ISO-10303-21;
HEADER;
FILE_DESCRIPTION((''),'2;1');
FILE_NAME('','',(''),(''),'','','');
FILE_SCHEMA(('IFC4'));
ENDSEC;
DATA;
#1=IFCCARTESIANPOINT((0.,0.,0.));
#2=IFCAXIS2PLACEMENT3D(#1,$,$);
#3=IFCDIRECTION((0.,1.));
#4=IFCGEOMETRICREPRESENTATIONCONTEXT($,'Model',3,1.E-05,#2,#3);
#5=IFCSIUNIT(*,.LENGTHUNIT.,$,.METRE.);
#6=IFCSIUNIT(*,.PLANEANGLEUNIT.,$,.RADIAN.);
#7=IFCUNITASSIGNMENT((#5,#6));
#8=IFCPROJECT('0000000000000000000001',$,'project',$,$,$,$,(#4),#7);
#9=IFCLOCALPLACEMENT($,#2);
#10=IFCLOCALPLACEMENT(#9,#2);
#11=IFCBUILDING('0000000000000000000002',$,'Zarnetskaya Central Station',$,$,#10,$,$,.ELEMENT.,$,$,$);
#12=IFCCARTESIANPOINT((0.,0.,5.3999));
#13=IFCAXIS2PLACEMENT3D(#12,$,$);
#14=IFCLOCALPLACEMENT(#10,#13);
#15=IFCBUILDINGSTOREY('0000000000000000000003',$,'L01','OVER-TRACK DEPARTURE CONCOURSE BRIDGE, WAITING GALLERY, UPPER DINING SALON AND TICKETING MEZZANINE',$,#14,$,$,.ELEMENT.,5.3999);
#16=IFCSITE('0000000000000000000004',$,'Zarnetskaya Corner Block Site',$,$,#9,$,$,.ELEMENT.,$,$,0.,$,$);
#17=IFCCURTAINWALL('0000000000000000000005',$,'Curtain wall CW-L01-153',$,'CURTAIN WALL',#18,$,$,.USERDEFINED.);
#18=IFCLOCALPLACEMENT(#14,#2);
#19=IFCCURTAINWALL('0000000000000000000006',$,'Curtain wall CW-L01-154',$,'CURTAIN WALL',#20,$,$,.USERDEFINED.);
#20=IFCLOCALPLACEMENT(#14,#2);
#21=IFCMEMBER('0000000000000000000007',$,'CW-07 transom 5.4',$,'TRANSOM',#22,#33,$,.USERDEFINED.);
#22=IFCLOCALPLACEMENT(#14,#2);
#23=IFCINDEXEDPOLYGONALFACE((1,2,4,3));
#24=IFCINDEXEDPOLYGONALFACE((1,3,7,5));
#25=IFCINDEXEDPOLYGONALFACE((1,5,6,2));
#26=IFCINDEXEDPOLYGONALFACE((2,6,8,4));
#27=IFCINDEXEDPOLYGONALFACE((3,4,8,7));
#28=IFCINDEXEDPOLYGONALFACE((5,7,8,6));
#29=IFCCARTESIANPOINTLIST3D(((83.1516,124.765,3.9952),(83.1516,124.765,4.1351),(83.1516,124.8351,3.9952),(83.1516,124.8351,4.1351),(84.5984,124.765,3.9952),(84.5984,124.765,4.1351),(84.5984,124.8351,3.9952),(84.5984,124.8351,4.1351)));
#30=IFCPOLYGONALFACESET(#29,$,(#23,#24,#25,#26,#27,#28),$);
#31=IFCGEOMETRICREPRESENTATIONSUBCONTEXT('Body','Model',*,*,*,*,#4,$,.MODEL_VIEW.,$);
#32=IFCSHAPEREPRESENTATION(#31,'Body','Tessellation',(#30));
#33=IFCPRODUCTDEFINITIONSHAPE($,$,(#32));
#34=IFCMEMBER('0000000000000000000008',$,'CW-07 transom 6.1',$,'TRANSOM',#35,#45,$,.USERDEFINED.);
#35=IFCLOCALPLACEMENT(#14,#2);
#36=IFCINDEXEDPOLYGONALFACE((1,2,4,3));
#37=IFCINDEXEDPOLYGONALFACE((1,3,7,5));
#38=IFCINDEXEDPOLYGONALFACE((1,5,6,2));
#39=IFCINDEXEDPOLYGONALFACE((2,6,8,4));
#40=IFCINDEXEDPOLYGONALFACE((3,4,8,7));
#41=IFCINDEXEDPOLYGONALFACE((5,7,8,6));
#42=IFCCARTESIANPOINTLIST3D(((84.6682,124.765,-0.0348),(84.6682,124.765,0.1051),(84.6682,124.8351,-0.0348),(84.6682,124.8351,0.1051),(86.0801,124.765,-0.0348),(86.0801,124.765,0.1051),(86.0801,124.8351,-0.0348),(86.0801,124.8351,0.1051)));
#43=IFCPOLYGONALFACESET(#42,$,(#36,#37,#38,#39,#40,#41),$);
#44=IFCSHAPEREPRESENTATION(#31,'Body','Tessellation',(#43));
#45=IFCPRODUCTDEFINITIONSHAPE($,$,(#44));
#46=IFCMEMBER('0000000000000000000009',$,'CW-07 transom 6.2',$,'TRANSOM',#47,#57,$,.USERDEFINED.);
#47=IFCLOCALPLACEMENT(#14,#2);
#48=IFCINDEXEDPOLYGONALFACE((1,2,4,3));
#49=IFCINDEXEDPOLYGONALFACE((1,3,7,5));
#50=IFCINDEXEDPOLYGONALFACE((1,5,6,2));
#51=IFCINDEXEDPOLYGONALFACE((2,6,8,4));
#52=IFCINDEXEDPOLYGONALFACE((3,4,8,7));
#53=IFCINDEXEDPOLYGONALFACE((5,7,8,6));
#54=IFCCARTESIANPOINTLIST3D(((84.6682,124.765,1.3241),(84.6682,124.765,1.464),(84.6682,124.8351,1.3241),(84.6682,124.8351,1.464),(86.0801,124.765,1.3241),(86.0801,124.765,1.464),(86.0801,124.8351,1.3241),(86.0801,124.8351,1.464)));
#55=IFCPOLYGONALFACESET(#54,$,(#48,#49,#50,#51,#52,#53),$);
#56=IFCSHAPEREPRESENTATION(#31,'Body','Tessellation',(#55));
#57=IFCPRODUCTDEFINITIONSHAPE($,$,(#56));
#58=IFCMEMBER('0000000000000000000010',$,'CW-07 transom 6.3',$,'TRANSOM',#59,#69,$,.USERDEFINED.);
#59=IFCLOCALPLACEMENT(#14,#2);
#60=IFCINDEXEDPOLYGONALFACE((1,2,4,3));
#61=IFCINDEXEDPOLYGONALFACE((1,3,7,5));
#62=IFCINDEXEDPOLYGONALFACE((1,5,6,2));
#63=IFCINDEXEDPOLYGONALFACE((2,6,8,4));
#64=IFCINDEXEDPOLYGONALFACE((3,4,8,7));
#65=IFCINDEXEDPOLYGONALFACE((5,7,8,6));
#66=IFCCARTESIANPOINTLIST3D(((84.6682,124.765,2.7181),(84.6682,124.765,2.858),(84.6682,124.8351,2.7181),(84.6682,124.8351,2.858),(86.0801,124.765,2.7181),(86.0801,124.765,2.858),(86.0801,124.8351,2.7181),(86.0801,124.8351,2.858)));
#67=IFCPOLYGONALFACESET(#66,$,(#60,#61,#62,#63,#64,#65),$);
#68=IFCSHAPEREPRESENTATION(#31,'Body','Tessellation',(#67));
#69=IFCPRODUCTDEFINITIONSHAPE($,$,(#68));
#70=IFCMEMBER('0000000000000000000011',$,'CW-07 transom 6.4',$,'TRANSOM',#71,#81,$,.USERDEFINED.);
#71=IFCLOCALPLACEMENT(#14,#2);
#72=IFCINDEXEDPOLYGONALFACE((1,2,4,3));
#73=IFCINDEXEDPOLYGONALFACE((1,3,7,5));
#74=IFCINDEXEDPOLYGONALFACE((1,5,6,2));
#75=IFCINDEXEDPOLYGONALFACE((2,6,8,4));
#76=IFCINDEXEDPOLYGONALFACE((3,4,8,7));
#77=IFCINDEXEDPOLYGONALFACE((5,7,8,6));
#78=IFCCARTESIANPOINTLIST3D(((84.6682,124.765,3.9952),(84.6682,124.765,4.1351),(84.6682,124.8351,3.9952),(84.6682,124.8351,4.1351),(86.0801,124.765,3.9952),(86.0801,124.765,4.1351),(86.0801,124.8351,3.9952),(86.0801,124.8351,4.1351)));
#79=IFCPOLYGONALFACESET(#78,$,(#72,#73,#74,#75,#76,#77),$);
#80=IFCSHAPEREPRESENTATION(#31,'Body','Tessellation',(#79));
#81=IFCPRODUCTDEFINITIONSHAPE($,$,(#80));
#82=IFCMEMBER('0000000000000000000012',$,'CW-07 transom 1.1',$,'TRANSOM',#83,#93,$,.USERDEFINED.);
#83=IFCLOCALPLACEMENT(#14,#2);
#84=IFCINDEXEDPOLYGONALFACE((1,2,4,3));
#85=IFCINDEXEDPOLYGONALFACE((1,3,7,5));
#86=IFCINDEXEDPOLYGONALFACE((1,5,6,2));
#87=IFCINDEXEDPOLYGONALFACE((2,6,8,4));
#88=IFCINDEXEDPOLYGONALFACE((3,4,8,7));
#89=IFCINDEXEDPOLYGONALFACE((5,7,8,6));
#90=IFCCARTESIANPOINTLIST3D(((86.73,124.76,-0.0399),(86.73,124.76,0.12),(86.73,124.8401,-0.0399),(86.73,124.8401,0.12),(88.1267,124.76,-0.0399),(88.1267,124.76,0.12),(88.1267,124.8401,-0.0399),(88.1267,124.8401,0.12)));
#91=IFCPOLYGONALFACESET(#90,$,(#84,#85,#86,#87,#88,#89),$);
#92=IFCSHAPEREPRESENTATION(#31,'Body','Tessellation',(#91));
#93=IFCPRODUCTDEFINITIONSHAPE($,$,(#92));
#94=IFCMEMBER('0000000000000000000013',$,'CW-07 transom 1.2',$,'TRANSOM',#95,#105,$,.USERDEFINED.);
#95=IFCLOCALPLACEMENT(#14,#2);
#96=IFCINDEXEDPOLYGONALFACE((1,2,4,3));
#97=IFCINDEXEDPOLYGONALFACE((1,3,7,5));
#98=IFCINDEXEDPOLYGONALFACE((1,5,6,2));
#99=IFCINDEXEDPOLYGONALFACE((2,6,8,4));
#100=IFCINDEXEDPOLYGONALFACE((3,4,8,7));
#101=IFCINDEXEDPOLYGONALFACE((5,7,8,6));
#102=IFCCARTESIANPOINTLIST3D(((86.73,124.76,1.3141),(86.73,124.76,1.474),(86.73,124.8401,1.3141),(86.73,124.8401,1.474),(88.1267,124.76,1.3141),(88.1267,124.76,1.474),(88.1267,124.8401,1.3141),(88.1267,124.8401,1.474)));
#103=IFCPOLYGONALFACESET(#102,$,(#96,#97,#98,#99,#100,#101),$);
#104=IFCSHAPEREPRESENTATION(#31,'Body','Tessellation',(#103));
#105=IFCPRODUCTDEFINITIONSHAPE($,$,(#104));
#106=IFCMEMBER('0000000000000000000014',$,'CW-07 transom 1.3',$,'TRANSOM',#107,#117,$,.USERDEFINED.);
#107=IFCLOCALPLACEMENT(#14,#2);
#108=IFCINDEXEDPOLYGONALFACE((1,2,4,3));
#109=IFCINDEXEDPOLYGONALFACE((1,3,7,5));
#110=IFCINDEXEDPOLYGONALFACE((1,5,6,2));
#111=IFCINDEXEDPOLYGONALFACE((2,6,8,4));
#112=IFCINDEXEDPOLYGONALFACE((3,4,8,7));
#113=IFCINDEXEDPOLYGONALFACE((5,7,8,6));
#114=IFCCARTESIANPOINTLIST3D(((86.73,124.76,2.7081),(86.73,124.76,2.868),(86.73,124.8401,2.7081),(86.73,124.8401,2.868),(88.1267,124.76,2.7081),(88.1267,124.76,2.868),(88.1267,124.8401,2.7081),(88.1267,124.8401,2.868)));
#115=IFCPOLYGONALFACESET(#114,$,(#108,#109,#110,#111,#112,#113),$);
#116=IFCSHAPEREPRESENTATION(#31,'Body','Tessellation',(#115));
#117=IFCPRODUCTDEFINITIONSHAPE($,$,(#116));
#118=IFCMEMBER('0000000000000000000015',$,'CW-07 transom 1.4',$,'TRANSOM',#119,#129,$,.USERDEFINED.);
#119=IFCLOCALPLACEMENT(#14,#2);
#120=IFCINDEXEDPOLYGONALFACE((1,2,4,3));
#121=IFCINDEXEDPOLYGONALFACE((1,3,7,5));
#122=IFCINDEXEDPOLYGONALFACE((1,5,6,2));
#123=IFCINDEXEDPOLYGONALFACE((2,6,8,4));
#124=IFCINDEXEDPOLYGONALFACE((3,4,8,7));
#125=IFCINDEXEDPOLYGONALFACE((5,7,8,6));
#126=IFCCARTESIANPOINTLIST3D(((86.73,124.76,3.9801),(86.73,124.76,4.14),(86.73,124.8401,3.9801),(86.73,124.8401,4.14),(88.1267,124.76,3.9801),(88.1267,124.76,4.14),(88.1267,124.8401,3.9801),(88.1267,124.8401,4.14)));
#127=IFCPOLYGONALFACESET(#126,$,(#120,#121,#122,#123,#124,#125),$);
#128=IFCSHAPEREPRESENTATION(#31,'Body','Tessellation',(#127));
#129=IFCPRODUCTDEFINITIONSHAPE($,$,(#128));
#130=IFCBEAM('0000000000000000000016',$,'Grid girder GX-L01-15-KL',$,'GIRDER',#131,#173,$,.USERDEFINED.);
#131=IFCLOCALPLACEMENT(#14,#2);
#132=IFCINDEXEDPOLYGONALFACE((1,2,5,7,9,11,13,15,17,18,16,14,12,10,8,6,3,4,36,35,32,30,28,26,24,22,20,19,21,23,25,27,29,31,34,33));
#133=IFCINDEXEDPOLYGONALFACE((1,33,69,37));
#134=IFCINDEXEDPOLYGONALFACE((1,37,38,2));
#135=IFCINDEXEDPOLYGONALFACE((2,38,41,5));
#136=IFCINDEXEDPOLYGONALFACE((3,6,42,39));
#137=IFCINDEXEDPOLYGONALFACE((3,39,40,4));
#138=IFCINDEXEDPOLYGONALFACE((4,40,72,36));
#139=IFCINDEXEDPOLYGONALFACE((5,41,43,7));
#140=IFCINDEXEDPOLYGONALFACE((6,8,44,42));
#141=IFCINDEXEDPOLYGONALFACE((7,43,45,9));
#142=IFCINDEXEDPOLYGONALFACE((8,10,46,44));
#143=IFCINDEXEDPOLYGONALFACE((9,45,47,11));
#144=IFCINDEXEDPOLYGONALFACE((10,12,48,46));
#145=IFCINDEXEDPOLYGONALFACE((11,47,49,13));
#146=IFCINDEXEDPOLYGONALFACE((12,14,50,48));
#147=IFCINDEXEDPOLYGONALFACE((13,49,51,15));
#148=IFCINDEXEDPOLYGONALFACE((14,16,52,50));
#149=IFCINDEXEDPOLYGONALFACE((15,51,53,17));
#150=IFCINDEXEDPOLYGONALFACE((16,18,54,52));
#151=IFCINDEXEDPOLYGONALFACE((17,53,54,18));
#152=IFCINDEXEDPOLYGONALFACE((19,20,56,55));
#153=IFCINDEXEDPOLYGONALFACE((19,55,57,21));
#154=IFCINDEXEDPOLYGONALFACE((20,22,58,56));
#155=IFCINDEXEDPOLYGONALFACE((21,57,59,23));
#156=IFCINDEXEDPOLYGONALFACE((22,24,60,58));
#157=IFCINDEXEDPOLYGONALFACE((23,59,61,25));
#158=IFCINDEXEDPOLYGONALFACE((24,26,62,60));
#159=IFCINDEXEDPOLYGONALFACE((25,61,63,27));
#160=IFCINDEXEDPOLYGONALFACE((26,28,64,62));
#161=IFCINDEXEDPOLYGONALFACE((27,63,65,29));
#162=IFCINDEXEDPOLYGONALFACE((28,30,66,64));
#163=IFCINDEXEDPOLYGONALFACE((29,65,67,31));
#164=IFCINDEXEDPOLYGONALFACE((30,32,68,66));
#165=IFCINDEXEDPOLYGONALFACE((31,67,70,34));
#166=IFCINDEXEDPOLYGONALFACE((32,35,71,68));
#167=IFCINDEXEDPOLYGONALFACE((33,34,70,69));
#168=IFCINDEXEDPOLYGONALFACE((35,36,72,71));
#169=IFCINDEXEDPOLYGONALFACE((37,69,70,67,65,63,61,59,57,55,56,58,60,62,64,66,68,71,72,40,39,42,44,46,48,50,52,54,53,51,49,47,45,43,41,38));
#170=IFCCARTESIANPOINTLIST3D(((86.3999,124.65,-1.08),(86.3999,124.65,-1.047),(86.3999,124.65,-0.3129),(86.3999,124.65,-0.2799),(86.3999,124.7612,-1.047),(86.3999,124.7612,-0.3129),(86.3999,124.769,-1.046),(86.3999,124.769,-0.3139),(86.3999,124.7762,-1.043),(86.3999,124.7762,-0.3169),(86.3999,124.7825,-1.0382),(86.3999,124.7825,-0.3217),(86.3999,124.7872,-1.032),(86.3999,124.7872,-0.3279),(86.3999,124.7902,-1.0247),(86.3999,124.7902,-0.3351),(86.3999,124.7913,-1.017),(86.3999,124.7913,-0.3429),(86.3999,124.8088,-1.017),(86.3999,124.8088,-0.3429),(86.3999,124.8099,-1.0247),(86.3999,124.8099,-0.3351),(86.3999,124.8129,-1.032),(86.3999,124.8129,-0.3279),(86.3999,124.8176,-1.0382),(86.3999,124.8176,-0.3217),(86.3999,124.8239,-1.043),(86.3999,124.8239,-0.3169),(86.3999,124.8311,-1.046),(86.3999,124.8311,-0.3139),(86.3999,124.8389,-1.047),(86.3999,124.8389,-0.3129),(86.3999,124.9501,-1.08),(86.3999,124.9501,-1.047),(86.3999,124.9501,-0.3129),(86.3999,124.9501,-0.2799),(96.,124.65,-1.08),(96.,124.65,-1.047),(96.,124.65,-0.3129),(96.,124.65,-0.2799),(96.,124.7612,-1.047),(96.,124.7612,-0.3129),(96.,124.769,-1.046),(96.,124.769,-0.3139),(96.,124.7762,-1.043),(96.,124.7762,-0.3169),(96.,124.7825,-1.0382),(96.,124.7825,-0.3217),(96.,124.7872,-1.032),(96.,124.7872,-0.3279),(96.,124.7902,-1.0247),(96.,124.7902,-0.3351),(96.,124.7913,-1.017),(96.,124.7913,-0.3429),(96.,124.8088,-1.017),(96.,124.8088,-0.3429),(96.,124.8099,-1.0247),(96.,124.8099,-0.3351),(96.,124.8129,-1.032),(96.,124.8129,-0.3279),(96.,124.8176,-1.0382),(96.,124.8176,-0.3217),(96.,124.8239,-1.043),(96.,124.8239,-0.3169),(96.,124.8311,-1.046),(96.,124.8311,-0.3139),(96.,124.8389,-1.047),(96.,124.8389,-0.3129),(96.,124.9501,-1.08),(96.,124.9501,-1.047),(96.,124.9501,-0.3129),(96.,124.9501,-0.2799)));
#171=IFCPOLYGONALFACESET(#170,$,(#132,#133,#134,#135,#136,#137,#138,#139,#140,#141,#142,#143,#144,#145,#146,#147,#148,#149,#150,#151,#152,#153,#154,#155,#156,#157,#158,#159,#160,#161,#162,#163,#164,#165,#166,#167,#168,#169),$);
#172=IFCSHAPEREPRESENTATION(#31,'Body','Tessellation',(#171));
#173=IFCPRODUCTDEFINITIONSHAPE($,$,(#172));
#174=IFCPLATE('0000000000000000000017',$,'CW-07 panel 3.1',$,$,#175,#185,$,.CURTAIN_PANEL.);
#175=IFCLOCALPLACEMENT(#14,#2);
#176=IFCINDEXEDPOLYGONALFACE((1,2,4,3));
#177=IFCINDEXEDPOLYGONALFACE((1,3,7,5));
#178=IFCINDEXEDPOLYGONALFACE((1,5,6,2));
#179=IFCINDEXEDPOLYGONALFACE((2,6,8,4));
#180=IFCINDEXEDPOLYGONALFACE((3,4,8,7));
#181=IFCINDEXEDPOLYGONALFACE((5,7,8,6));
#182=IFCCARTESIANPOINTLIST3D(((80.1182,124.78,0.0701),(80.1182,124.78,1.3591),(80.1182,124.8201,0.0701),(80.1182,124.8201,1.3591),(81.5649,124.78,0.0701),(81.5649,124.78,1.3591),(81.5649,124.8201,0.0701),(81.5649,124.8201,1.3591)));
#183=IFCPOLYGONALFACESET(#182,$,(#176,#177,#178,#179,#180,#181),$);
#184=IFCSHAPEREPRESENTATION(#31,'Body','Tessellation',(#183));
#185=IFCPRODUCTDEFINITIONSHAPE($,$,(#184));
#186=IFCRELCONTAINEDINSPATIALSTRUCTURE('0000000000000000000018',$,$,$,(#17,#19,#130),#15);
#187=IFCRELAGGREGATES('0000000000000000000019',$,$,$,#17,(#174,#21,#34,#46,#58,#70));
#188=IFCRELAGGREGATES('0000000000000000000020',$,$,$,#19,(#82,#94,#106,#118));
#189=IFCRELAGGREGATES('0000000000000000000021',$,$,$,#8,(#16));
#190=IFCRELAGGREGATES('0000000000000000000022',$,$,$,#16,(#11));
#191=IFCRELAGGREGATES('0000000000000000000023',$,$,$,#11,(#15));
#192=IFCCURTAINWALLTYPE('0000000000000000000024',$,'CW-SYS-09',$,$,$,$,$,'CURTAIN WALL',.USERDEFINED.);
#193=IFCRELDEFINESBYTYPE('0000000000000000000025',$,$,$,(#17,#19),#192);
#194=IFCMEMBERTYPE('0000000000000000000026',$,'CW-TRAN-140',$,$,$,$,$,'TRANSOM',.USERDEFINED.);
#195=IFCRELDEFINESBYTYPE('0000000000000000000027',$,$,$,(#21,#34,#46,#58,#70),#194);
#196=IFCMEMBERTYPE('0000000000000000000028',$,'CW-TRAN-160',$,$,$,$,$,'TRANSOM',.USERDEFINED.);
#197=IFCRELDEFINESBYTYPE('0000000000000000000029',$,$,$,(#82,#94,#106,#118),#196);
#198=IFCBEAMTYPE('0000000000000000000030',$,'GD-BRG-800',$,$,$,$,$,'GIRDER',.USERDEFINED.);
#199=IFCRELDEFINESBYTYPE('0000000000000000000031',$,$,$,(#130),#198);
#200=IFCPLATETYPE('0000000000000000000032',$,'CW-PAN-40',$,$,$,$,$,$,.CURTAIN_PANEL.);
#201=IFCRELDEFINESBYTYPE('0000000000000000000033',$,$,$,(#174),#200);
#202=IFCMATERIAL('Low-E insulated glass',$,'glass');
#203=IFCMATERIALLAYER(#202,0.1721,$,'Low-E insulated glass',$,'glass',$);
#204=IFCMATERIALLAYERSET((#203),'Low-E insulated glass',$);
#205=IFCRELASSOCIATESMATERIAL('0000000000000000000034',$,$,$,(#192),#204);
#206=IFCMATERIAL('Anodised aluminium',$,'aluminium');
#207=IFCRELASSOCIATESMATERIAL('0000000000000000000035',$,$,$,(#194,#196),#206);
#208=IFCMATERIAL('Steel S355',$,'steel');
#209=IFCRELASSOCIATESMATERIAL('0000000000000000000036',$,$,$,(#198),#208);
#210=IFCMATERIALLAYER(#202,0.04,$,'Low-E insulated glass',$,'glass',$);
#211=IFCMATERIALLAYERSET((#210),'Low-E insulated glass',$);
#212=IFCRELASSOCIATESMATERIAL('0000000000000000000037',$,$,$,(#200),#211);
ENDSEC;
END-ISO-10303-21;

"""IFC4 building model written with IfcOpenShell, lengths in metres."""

from ifc_helpers import new_model, si_unit, direction, frame, origin, origin_2d, place, context, subcontext, project, spatial, rectangle, i_section, extrude, material, layer, layer_set, material_profile, profile_set, type_object, element, aggregate, save


model = new_model("IFC4")

# Units and contexts
model_context = context("Model", 3, precision=1e-05, world=origin(), true_north=direction((0.0, 1.0)))
body_context = subcontext(model_context, "Body", "Model", "MODEL_VIEW")
ifc_project = project(units=[si_unit("LENGTHUNIT", "METRE"), si_unit("PLANEANGLEUNIT", "RADIAN")], contexts=[model_context])

# Site, building, storey
site_placement = place(None, origin())
site = spatial("IfcSite", under=ifc_project, at=site_placement, Name="Zarnetskaya Corner Block Site", CompositionType="ELEMENT", RefElevation=0.0)
building_placement = place(site_placement, origin())
building = spatial("IfcBuilding", under=site, at=building_placement, Name="Zarnetskaya Central Station", CompositionType="ELEMENT")
storey_placement = place(building_placement, frame((0.0, 0.0, 5.3999)))
storey = spatial("IfcBuildingStorey", under=building, at=storey_placement, Name="L01", Description="OVER-TRACK DEPARTURE CONCOURSE BRIDGE, WAITING GALLERY, UPPER DINING SALON AND TICKETING MEZZANINE", CompositionType="ELEMENT", Elevation=5.3999)

# Shared definitions
ifc_material_1 = material(Name="Steel S355", Category="steel")

# Curtain wall
ifc_material_2 = material(Name="Low-E insulated glass", Category="glass")
ifc_layer_1 = layer(ifc_material_2, 0.1721, Name="Low-E insulated glass", Category="glass")
ifc_layer_set_1 = layer_set([ifc_layer_1], Name="Low-E insulated glass")
curtain_wall_type = type_object("IfcCurtainWallType", Name="CW-SYS-09", ElementType="CURTAIN WALL", PredefinedType="USERDEFINED", material=ifc_layer_set_1)
curtain_wall_1_placement = place(storey_placement, origin())
curtain_wall_1 = element("IfcCurtainWall", 1, at=curtain_wall_1_placement, inside=storey, type_object=curtain_wall_type, Name="Curtain wall CW-L01-153", ObjectType="CURTAIN WALL", PredefinedType="USERDEFINED")
ifc_material_3 = material(Name="Anodised aluminium", Category="aluminium")

# Curtain wall
curtain_wall_2_placement = place(storey_placement, origin())
curtain_wall_2 = element("IfcCurtainWall", 2, at=curtain_wall_2_placement, inside=storey, type_object=curtain_wall_type, Name="Curtain wall CW-L01-154", ObjectType="CURTAIN WALL", PredefinedType="USERDEFINED")

# Members
ifc_material_profile_1 = material_profile(ifc_material_3, rectangle(XDim=0.0701, YDim=0.1399, at=origin_2d()), Name="ALU TRAN 70x140")
ifc_profile_set_1 = profile_set([ifc_material_profile_1], Name="Anodised aluminium")
member_type_1 = type_object("IfcMemberType", Name="CW-TRAN-140", ElementType="TRANSOM", PredefinedType="USERDEFINED", material=ifc_profile_set_1)
member_1_placement = place(storey_placement, frame((83.1516, 124.8, 4.0652), z_axis=(1.0, 0.0, 0.0), x_axis=(0.0, 1.0, 0.0)))
member_1 = element("IfcMember", 3, at=member_1_placement, type_object=member_type_1, Name="CW-07 transom 5.4", ObjectType="TRANSOM", PredefinedType="USERDEFINED", context=body_context, shape_type="SweptSolid", body=[
    extrude(rectangle(XDim=0.0701, YDim=0.1399, at=origin_2d()), origin(), (0.0, 0.0, 1.0), 1.4468),
])
member_2_placement = place(storey_placement, frame((84.6682, 124.8, 0.0352), z_axis=(1.0, 0.0, 0.0), x_axis=(0.0, 1.0, 0.0)))
member_2 = element("IfcMember", 4, at=member_2_placement, type_object=member_type_1, Name="CW-07 transom 6.1", ObjectType="TRANSOM", PredefinedType="USERDEFINED", context=body_context, shape_type="SweptSolid", body=[
    extrude(rectangle(XDim=0.0701, YDim=0.1399, at=origin_2d()), origin(), (0.0, 0.0, 1.0), 1.4119),
])
member_3_placement = place(storey_placement, frame((84.6682, 124.8, 1.394), z_axis=(1.0, 0.0, 0.0), x_axis=(0.0, 1.0, 0.0)))
member_3 = element("IfcMember", 5, at=member_3_placement, type_object=member_type_1, Name="CW-07 transom 6.2", ObjectType="TRANSOM", PredefinedType="USERDEFINED", context=body_context, shape_type="SweptSolid", body=[
    extrude(rectangle(XDim=0.0701, YDim=0.1399, at=origin_2d()), origin(), (0.0, 0.0, 1.0), 1.4119),
])
member_4_placement = place(storey_placement, frame((84.6682, 124.8, 2.7881), z_axis=(1.0, 0.0, 0.0), x_axis=(0.0, 1.0, 0.0)))
member_4 = element("IfcMember", 6, at=member_4_placement, type_object=member_type_1, Name="CW-07 transom 6.3", ObjectType="TRANSOM", PredefinedType="USERDEFINED", context=body_context, shape_type="SweptSolid", body=[
    extrude(rectangle(XDim=0.0701, YDim=0.1399, at=origin_2d()), origin(), (0.0, 0.0, 1.0), 1.4119),
])
member_5_placement = place(storey_placement, frame((84.6682, 124.8, 4.0652), z_axis=(1.0, 0.0, 0.0), x_axis=(0.0, 1.0, 0.0)))
member_5 = element("IfcMember", 7, at=member_5_placement, type_object=member_type_1, Name="CW-07 transom 6.4", ObjectType="TRANSOM", PredefinedType="USERDEFINED", context=body_context, shape_type="SweptSolid", body=[
    extrude(rectangle(XDim=0.0701, YDim=0.1399, at=origin_2d()), origin(), (0.0, 0.0, 1.0), 1.4119),
])
ifc_material_profile_2 = material_profile(ifc_material_3, rectangle(XDim=0.0801, YDim=0.1599, at=origin_2d()), Name="ALU TRAN 80x160")
ifc_profile_set_2 = profile_set([ifc_material_profile_2], Name="Anodised aluminium")
member_type_2 = type_object("IfcMemberType", Name="CW-TRAN-160", ElementType="TRANSOM", PredefinedType="USERDEFINED", material=ifc_profile_set_2)
member_6_placement = place(storey_placement, frame((86.73, 124.8, 0.04), z_axis=(1.0, 0.0, 0.0), x_axis=(0.0, 1.0, 0.0)))
member_6 = element("IfcMember", 8, at=member_6_placement, type_object=member_type_2, Name="CW-07 transom 1.1", ObjectType="TRANSOM", PredefinedType="USERDEFINED", context=body_context, shape_type="SweptSolid", body=[
    extrude(rectangle(XDim=0.0801, YDim=0.1599, at=origin_2d()), origin(), (0.0, 0.0, 1.0), 1.3967),
])
member_7_placement = place(storey_placement, frame((86.73, 124.8, 1.394), z_axis=(1.0, 0.0, 0.0), x_axis=(0.0, 1.0, 0.0)))
member_7 = element("IfcMember", 9, at=member_7_placement, type_object=member_type_2, Name="CW-07 transom 1.2", ObjectType="TRANSOM", PredefinedType="USERDEFINED", context=body_context, shape_type="SweptSolid", body=[
    extrude(rectangle(XDim=0.0801, YDim=0.1599, at=origin_2d()), origin(), (0.0, 0.0, 1.0), 1.3967),
])
member_8_placement = place(storey_placement, frame((86.73, 124.8, 2.7881), z_axis=(1.0, 0.0, 0.0), x_axis=(0.0, 1.0, 0.0)))
member_8 = element("IfcMember", 10, at=member_8_placement, type_object=member_type_2, Name="CW-07 transom 1.3", ObjectType="TRANSOM", PredefinedType="USERDEFINED", context=body_context, shape_type="SweptSolid", body=[
    extrude(rectangle(XDim=0.0801, YDim=0.1599, at=origin_2d()), origin(), (0.0, 0.0, 1.0), 1.3967),
])
member_9_placement = place(storey_placement, frame((86.73, 124.8, 4.0601), z_axis=(1.0, 0.0, 0.0), x_axis=(0.0, 1.0, 0.0)))
member_9 = element("IfcMember", 11, at=member_9_placement, type_object=member_type_2, Name="CW-07 transom 1.4", ObjectType="TRANSOM", PredefinedType="USERDEFINED", context=body_context, shape_type="SweptSolid", body=[
    extrude(rectangle(XDim=0.0801, YDim=0.1599, at=origin_2d()), origin(), (0.0, 0.0, 1.0), 1.3967),
])

# Beam
ifc_material_profile_3 = material_profile(ifc_material_1, i_section(OverallWidth=0.3, OverallDepth=0.8, WebThickness=0.0176, FlangeThickness=0.033, FilletRadius=0.03, at=origin_2d()), Name="HEB 800")
ifc_profile_set_3 = profile_set([ifc_material_profile_3], Name="Steel S355")
beam_type = type_object("IfcBeamType", Name="GD-BRG-800", ElementType="GIRDER", PredefinedType="USERDEFINED", material=ifc_profile_set_3)
beam_placement = place(storey_placement, frame((86.3999, 124.8, -0.6799), z_axis=(1.0, 0.0, 0.0), x_axis=(0.0, 1.0, 0.0)))
element("IfcBeam", 12, at=beam_placement, inside=storey, type_object=beam_type, Name="Grid girder GX-L01-15-KL", ObjectType="GIRDER", PredefinedType="USERDEFINED", context=body_context, shape_type="SweptSolid", body=[
    extrude(i_section(OverallWidth=0.3, OverallDepth=0.8, WebThickness=0.0176, FlangeThickness=0.033, FilletRadius=0.03, at=origin_2d()), origin(), (0.0, 0.0, 1.0), 9.6001),
])

# Plate
ifc_layer_2 = layer(ifc_material_2, 0.04, Name="Low-E insulated glass", Category="glass")
ifc_layer_set_2 = layer_set([ifc_layer_2], Name="Low-E insulated glass")
plate_type_1 = type_object("IfcPlateType", Name="CW-PAN-40", PredefinedType="CURTAIN_PANEL", material=ifc_layer_set_2)
plate_1_placement = place(storey_placement, frame((80.8416, 124.8, 0.0701), z_axis=(0.0, 0.0, 1.0), x_axis=(1.0, 0.0, 0.0)))
plate_1 = element("IfcPlate", 13, at=plate_1_placement, type_object=plate_type_1, Name="CW-07 panel 3.1", PredefinedType="CURTAIN_PANEL", context=body_context, shape_type="SweptSolid", body=[
    extrude(rectangle(XDim=1.4468, YDim=0.04, at=origin_2d()), origin(), (0.0, 0.0, 1.0), 1.2891),
])
aggregate(curtain_wall_1, [plate_1, member_1, member_2, member_3, member_4, member_5])
aggregate(curtain_wall_2, [member_6, member_7, member_8, member_9])

save(model, "model.ifc")
